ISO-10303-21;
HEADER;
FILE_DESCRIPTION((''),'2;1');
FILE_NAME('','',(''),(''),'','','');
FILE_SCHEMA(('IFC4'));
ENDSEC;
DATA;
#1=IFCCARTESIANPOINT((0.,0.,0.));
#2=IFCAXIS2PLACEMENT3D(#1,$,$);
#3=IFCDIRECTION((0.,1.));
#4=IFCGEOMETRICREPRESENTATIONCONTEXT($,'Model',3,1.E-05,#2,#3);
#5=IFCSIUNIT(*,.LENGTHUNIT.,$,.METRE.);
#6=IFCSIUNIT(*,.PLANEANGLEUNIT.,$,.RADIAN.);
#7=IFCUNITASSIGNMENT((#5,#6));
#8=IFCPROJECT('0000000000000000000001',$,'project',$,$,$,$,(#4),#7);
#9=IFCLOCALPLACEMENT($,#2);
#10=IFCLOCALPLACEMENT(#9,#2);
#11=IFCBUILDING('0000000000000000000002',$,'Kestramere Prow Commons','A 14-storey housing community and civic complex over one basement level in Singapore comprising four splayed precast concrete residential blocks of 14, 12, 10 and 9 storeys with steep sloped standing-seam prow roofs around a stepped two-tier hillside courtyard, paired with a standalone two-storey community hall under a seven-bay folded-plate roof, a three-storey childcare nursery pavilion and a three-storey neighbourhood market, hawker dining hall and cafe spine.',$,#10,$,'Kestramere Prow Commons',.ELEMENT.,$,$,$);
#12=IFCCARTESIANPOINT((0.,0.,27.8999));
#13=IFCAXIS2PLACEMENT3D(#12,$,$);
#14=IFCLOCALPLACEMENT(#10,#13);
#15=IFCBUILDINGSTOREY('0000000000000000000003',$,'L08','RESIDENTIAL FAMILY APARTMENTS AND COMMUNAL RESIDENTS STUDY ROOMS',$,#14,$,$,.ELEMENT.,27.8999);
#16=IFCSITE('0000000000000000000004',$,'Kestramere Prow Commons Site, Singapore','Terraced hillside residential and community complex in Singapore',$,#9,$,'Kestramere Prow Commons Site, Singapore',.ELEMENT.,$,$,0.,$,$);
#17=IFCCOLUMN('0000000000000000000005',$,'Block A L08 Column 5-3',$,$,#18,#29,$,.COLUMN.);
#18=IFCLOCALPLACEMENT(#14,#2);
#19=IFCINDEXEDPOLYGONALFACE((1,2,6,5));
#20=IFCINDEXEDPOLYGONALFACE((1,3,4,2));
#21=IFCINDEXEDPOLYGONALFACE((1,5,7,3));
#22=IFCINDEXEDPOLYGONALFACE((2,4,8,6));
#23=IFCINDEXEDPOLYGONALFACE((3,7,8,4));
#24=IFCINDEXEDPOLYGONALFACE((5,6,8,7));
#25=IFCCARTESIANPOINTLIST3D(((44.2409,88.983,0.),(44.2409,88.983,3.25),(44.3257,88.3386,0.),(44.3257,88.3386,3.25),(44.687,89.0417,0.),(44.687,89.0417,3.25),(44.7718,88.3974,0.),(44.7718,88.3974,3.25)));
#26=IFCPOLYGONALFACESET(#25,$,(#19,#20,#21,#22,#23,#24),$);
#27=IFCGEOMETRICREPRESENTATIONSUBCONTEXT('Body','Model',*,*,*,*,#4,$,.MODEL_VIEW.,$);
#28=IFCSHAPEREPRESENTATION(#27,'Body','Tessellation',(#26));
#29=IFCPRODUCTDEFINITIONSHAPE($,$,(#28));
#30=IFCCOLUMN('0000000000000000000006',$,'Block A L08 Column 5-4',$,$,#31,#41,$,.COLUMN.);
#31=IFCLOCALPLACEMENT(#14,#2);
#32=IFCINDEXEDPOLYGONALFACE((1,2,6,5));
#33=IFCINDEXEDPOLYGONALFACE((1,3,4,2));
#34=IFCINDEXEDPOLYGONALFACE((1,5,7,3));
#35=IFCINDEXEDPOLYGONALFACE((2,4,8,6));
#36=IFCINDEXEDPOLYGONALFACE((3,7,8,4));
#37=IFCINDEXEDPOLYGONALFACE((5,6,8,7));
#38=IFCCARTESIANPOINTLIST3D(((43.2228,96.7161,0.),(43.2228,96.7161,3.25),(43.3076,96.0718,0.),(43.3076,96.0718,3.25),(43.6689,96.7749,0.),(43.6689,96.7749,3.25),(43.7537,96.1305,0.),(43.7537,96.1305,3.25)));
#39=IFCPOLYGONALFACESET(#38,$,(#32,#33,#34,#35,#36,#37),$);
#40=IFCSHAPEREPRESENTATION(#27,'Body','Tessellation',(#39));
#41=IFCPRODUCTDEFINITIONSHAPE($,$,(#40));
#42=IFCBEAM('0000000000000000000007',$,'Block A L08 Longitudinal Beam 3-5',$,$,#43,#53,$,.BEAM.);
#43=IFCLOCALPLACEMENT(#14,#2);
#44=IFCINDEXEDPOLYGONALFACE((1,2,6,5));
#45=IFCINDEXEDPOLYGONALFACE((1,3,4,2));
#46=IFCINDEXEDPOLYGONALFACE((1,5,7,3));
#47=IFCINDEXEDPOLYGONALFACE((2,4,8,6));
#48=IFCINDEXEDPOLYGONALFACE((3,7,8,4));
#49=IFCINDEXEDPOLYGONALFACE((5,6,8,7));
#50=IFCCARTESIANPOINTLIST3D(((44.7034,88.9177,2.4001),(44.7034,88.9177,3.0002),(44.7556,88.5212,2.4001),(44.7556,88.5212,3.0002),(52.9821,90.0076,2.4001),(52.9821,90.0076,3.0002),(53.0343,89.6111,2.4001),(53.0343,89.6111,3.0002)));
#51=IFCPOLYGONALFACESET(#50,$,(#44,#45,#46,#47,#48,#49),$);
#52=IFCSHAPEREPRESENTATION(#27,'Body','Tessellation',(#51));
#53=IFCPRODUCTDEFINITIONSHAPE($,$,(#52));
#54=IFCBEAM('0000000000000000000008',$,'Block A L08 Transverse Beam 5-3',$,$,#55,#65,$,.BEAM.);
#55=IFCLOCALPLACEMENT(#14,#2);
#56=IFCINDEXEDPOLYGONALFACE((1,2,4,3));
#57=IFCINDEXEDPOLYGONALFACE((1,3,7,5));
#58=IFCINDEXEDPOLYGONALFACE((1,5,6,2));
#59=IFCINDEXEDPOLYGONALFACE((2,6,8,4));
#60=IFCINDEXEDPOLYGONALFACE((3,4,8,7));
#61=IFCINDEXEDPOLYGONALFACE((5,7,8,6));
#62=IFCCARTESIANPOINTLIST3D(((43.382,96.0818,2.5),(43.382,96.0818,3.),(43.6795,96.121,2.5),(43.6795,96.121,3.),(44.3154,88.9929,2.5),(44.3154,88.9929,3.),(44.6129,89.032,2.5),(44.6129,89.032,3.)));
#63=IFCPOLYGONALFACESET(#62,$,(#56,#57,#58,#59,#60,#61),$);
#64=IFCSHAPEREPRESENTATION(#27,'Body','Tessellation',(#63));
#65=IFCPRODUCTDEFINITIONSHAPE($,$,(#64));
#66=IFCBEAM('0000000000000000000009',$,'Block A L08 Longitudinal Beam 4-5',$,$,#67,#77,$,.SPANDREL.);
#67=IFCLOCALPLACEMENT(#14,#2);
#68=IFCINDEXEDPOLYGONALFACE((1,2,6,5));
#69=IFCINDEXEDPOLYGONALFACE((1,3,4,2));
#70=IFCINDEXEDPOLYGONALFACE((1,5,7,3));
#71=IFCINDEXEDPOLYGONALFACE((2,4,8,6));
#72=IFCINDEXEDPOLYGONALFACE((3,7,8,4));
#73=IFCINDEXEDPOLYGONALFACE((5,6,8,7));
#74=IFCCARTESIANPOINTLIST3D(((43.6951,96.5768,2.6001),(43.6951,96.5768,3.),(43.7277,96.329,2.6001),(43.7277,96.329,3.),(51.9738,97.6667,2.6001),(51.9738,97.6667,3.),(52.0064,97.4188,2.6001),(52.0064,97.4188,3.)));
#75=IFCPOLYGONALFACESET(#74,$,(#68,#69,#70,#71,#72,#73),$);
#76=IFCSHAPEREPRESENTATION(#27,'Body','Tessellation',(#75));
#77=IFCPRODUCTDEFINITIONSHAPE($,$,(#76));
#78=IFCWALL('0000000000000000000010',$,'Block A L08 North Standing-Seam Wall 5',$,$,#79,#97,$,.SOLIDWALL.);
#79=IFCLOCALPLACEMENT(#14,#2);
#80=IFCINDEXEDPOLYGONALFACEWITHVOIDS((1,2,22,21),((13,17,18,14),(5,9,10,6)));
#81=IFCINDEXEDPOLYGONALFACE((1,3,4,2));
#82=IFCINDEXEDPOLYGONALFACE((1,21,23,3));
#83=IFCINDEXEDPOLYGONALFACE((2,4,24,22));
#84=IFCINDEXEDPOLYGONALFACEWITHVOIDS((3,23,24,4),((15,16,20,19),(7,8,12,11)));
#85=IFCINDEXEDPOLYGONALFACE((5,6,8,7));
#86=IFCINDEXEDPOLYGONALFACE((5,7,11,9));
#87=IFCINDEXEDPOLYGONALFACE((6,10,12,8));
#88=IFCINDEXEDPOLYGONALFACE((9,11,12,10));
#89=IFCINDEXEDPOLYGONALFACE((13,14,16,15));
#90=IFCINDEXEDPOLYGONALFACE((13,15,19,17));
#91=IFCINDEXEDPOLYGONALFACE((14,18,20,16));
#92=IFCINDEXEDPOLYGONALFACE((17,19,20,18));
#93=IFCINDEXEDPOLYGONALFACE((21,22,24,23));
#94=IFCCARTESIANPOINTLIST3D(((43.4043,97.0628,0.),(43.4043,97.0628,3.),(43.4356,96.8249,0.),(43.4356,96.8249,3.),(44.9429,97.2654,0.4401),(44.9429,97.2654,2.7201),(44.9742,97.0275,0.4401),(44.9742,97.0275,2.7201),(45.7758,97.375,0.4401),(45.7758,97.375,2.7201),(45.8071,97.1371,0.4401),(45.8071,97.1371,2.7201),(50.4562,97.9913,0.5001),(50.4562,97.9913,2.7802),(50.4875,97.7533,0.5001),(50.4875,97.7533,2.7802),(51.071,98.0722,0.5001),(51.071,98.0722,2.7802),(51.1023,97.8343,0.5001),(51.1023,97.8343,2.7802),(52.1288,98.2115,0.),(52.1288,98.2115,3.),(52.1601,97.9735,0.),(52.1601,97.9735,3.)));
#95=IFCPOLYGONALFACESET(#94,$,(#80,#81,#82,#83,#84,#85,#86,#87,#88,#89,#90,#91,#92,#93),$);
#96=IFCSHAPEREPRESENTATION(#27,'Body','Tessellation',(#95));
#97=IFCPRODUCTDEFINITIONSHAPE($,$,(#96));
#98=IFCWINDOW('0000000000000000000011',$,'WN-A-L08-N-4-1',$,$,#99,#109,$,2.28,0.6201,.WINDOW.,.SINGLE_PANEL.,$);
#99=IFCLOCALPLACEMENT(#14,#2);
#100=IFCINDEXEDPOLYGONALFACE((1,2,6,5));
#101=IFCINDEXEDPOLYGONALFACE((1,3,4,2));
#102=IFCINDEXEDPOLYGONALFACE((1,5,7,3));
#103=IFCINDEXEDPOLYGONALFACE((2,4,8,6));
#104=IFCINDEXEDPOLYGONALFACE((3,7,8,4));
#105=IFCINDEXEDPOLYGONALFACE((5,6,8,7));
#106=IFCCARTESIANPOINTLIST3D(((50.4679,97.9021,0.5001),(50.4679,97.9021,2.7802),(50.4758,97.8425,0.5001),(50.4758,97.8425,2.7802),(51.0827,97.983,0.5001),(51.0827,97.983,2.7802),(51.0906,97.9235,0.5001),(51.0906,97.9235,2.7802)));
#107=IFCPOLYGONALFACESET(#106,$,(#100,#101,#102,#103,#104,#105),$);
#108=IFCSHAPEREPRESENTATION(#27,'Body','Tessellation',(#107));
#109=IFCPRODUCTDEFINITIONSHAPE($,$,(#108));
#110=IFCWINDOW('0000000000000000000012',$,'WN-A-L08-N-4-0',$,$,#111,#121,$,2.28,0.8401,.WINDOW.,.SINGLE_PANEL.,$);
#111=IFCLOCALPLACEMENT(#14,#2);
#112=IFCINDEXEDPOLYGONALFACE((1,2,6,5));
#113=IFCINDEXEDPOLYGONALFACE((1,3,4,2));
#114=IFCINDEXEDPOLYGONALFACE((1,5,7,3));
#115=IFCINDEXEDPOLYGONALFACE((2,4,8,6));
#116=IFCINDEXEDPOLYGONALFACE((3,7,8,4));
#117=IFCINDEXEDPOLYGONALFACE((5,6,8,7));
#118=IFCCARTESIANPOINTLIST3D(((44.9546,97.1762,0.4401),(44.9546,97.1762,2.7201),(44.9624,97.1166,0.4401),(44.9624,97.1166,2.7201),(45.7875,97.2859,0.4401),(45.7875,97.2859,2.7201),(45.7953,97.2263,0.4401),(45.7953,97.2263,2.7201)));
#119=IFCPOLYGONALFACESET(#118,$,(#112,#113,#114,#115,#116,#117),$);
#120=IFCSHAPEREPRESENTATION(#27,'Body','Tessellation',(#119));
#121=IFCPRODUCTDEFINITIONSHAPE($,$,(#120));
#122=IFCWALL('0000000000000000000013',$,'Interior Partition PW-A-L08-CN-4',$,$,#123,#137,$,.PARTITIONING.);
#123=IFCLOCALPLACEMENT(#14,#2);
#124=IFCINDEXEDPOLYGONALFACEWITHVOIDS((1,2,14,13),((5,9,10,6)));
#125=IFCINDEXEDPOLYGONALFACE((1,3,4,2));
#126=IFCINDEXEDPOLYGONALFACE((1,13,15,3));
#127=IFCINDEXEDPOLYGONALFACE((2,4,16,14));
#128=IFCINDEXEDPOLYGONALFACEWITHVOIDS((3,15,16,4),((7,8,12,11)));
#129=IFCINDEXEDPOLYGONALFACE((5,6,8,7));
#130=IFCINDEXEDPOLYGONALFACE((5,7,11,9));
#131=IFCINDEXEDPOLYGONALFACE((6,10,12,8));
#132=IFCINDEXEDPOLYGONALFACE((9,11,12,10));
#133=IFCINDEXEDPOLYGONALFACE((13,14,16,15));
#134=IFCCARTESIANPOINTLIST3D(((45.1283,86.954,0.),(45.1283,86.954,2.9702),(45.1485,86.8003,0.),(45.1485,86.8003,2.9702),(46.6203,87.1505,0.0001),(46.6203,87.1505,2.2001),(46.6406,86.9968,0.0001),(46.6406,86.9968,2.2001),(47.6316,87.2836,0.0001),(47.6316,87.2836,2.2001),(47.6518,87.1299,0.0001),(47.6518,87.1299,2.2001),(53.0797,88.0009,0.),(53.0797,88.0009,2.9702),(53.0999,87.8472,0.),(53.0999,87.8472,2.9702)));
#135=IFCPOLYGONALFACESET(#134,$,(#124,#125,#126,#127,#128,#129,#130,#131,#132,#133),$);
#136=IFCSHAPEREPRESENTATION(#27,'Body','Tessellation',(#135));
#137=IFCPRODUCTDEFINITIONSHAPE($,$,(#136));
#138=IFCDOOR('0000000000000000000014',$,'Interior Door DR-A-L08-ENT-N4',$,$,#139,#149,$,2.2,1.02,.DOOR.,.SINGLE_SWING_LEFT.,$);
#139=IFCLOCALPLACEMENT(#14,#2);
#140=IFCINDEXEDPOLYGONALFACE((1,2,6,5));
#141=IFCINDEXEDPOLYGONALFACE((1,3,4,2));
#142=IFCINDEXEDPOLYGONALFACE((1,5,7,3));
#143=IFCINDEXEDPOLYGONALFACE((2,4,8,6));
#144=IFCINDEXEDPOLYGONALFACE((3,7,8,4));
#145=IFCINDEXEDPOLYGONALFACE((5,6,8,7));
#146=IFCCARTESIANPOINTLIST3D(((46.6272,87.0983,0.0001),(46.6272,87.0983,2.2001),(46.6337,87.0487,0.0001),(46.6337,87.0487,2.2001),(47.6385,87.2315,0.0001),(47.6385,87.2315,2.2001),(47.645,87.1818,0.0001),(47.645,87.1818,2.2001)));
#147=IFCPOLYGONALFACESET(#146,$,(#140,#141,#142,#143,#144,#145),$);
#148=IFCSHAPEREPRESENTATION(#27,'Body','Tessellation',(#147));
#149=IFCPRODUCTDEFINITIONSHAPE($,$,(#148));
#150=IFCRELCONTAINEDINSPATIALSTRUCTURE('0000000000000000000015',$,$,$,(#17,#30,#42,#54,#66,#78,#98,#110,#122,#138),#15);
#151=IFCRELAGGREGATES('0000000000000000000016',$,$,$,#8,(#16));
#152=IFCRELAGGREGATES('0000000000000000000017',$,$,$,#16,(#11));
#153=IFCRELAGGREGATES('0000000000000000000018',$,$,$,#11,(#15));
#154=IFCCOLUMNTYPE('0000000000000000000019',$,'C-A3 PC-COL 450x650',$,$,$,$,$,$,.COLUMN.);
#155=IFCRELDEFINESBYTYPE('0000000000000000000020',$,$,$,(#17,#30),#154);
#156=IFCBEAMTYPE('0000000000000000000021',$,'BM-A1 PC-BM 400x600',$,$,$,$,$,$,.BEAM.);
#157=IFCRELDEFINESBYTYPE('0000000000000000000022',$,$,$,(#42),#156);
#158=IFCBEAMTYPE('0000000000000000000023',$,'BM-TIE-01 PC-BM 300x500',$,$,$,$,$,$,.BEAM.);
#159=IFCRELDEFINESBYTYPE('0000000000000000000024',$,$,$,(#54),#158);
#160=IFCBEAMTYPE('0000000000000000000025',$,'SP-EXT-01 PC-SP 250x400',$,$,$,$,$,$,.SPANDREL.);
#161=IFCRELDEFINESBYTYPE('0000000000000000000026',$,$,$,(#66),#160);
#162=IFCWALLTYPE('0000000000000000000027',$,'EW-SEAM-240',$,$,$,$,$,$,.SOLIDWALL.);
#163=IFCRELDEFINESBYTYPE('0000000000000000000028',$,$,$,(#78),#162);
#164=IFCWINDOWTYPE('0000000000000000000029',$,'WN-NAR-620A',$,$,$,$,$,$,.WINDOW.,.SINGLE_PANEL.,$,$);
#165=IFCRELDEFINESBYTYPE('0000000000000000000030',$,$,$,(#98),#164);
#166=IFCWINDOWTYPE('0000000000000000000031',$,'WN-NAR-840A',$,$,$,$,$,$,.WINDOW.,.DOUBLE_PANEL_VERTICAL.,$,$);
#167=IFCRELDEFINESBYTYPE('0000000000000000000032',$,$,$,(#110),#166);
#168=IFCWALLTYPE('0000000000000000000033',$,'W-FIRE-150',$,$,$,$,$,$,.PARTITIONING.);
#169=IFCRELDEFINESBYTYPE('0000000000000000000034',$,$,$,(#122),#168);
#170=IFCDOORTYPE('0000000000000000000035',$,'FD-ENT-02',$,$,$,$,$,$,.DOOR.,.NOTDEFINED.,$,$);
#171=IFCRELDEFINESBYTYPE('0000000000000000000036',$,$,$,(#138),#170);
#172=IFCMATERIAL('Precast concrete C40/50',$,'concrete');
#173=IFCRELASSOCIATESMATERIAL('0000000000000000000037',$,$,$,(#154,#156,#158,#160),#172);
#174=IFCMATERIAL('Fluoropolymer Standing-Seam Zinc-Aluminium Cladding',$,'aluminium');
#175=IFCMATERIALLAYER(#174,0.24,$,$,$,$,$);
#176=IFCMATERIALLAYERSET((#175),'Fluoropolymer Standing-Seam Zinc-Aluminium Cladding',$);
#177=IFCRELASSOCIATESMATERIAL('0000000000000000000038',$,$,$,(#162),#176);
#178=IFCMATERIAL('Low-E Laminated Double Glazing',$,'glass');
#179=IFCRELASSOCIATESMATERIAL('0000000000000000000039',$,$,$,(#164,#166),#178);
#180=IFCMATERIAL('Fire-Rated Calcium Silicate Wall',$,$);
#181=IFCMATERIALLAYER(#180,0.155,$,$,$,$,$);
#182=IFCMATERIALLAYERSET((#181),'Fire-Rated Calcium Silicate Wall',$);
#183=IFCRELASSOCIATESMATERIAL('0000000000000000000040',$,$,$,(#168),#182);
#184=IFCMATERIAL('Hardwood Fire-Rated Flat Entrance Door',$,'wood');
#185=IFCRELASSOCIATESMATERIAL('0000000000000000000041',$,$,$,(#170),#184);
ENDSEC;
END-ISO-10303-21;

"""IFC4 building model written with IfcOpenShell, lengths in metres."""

from ifc_helpers import new_model, si_unit, direction, frame, frame_2d, origin, origin_2d, place, context, subcontext, project, spatial, rectangle, extrude, material, layer, layer_set, material_profile, profile_set, type_object, element, fill, save


model = new_model("IFC4")

# Units and contexts
model_context = context("Model", 3, precision=1e-05, world=origin(), true_north=direction((0.0, 1.0)))
body_context = subcontext(model_context, "Body", "Model", "MODEL_VIEW")
ifc_project = project(units=[si_unit("LENGTHUNIT", "METRE"), si_unit("PLANEANGLEUNIT", "RADIAN")], contexts=[model_context])

# Site, building, storey
site_placement = place(None, origin())
site = spatial("IfcSite", under=ifc_project, at=site_placement, Name="Kestramere Prow Commons Site, Singapore", Description="Terraced hillside residential and community complex in Singapore", LongName="Kestramere Prow Commons Site, Singapore", CompositionType="ELEMENT", RefElevation=0.0)
building_placement = place(site_placement, origin())
building = spatial("IfcBuilding", under=site, at=building_placement, Name="Kestramere Prow Commons", Description="A 14-storey housing community and civic complex over one basement level in Singapore comprising four splayed precast concrete residential blocks of 14, 12, 10 and 9 storeys with steep sloped standing-seam prow roofs around a stepped two-tier hillside courtyard, paired with a standalone two-storey community hall under a seven-bay folded-plate roof, a three-storey childcare nursery pavilion and a three-storey neighbourhood market, hawker dining hall and cafe spine.", LongName="Kestramere Prow Commons", CompositionType="ELEMENT")
storey_placement = place(building_placement, frame((0.0, 0.0, 27.8999)))
storey = spatial("IfcBuildingStorey", under=building, at=storey_placement, Name="L08", Description="RESIDENTIAL FAMILY APARTMENTS AND COMMUNAL RESIDENTS STUDY ROOMS", CompositionType="ELEMENT", Elevation=27.8999)

# Columns
ifc_material_1 = material(Name="Precast concrete C40/50", Category="concrete")
ifc_material_profile_1 = material_profile(ifc_material_1, rectangle(XDim=0.45, YDim=0.6499, at=origin_2d()), Name="PC-COL 450x650")
ifc_profile_set_1 = profile_set([ifc_material_profile_1], Name="Precast concrete C40/50")
column_type = type_object("IfcColumnType", Name="C-A3 PC-COL 450x650", PredefinedType="COLUMN", material=ifc_profile_set_1)
for number, where, z_axis, x_axis, name in (
    (1, (44.5063, 88.6902, 0.0), (0.0, 0.0, 1.0), (0.991445, 0.130526, 0.0), "Block A L08 Column 5-3"),
    (2, (43.4883, 96.4233, 0.0), (0.0, 0.0, 1.0), (0.991445, 0.130526, 0.0), "Block A L08 Column 5-4"),
):
    element("IfcColumn", number, at=place(storey_placement, frame(where, z_axis=z_axis, x_axis=x_axis)), inside=storey, type_object=column_type, Name=name, PredefinedType="COLUMN", context=body_context, shape_type="SweptSolid", body=[
        extrude(rectangle(XDim=0.45, YDim=0.6499, at=origin_2d()), origin(), (0.0, 0.0, 1.0), 3.25),
    ])

# Beams
ifc_material_profile_2 = material_profile(ifc_material_1, rectangle(XDim=0.3999, YDim=0.6001, at=origin_2d()), Name="PC-BM 400x600")
ifc_profile_set_2 = profile_set([ifc_material_profile_2], Name="Precast concrete C40/50")
beam_type_1 = type_object("IfcBeamType", Name="BM-A1 PC-BM 400x600", PredefinedType="BEAM", material=ifc_profile_set_2)
beam_1_placement = place(storey_placement, frame((44.7295, 88.7195, 2.7002), z_axis=(0.991446, 0.13052, 0.0), x_axis=(-0.13052, 0.991446, 0.0)))
element("IfcBeam", 3, at=beam_1_placement, inside=storey, type_object=beam_type_1, Name="Block A L08 Longitudinal Beam 3-5", PredefinedType="BEAM", context=body_context, shape_type="SweptSolid", body=[
    extrude(rectangle(XDim=0.3999, YDim=0.6001, at=origin_2d()), origin(), (0.0, 0.0, 1.0), 8.3501),
])
ifc_material_profile_3 = material_profile(ifc_material_1, rectangle(XDim=0.3, YDim=0.5, at=origin_2d()), Name="PC-BM 300x500")
ifc_profile_set_3 = profile_set([ifc_material_profile_3], Name="Precast concrete C40/50")
beam_type_2 = type_object("IfcBeamType", Name="BM-TIE-01 PC-BM 300x500", PredefinedType="BEAM", material=ifc_profile_set_3)
beam_2_placement = place(storey_placement, frame((44.4641, 89.0125, 2.75), z_axis=(-0.130538, 0.991443, 0.0), x_axis=(-0.991443, -0.130538, 0.0)))
element("IfcBeam", 4, at=beam_2_placement, inside=storey, type_object=beam_type_2, Name="Block A L08 Transverse Beam 5-3", PredefinedType="BEAM", context=body_context, shape_type="SweptSolid", body=[
    extrude(rectangle(XDim=0.3, YDim=0.5, at=origin_2d()), origin(), (0.0, 0.0, 1.0), 7.1501),
])
ifc_material_profile_4 = material_profile(ifc_material_1, rectangle(XDim=0.25, YDim=0.3999, at=origin_2d()), Name="PC-SP 250x400")
ifc_profile_set_4 = profile_set([ifc_material_profile_4], Name="Precast concrete C40/50")
beam_type_3 = type_object("IfcBeamType", Name="SP-EXT-01 PC-SP 250x400", PredefinedType="SPANDREL", material=ifc_profile_set_4)
beam_3_placement = place(storey_placement, frame((43.7114, 96.4529, 2.8), z_axis=(0.991446, 0.13052, 0.0), x_axis=(-0.13052, 0.991446, 0.0)))
element("IfcBeam", 5, at=beam_3_placement, inside=storey, type_object=beam_type_3, Name="Block A L08 Longitudinal Beam 4-5", PredefinedType="SPANDREL", context=body_context, shape_type="SweptSolid", body=[
    extrude(rectangle(XDim=0.25, YDim=0.3999, at=origin_2d()), origin(), (0.0, 0.0, 1.0), 8.3501),
])

# Wall, openings, windows
ifc_material_2 = material(Name="Fluoropolymer Standing-Seam Zinc-Aluminium Cladding", Category="aluminium")
ifc_layer_1 = layer(ifc_material_2, 0.24)
ifc_layer_set_1 = layer_set([ifc_layer_1], Name="Fluoropolymer Standing-Seam Zinc-Aluminium Cladding")
wall_type_1 = type_object("IfcWallType", Name="EW-SEAM-240", PredefinedType="SOLIDWALL", material=ifc_layer_set_1)
wall_1_placement = place(storey_placement, frame((43.4199, 96.9438, 0.0), z_axis=(0.0, 0.0, 1.0), x_axis=(0.991444, 0.130533, 0.0)))
wall_1 = element("IfcWall", 6, at=wall_1_placement, inside=storey, type_object=wall_type_1, Name="Block A L08 North Standing-Seam Wall 5", PredefinedType="SOLIDWALL", context=body_context, shape_type="SweptSolid", body=[
    extrude(rectangle(XDim=8.7998, YDim=0.24, at=frame_2d((4.3999, 0.0))), origin(), (0.0, 0.0, 1.0), 3.0),
])
opening_1_placement = place(wall_1_placement, frame((1.552, 0.0, 0.4399)))
opening_1 = element("IfcOpeningElement", 7, at=opening_1_placement, cuts=wall_1, PredefinedType="OPENING", context=body_context, shape_type="SweptSolid", body=[
    extrude(rectangle(XDim=0.8401, YDim=2.28, at=frame_2d((0.4199, 1.1401))), frame((0.0, 0.135, 0.0), z_axis=(0.0, -1.0, 0.0), x_axis=(1.0, 0.0, 0.0)), (0.0, 0.0, 1.0), 0.27),
])
opening_2_placement = place(wall_1_placement, frame((7.1128, 0.0, 0.5)))
opening_2 = element("IfcOpeningElement", 8, at=opening_2_placement, cuts=wall_1, PredefinedType="OPENING", context=body_context, shape_type="SweptSolid", body=[
    extrude(rectangle(XDim=0.6201, YDim=2.28, at=frame_2d((0.3101, 1.1401))), frame((0.0, 0.135, 0.0), z_axis=(0.0, -1.0, 0.0), x_axis=(1.0, 0.0, 0.0)), (0.0, 0.0, 1.0), 0.27),
])
ifc_material_3 = material(Name="Low-E Laminated Double Glazing", Category="glass")
window_type_1 = type_object("IfcWindowType", Name="WN-NAR-620A", PartitioningType="SINGLE_PANEL", PredefinedType="WINDOW", material=ifc_material_3)
window_1_placement = place(opening_2_placement, origin())
window_1 = element("IfcWindow", 9, at=window_1_placement, inside=storey, type_object=window_type_1, Name="WN-A-L08-N-4-1", OverallHeight=2.28, OverallWidth=0.6201, PartitioningType="SINGLE_PANEL", PredefinedType="WINDOW", context=body_context, shape_type="SweptSolid", body=[
    extrude(rectangle(XDim=0.6201, YDim=2.28, at=frame_2d((0.3101, 1.1401))), frame((0.0, 0.03, 0.0), z_axis=(0.0, -1.0, 0.0), x_axis=(1.0, 0.0, 0.0)), (0.0, 0.0, 1.0), 0.0601),
])
fill(opening_2, window_1)
window_type_2 = type_object("IfcWindowType", Name="WN-NAR-840A", PartitioningType="DOUBLE_PANEL_VERTICAL", PredefinedType="WINDOW", material=ifc_material_3)
window_2_placement = place(opening_1_placement, origin())
window_2 = element("IfcWindow", 10, at=window_2_placement, inside=storey, type_object=window_type_2, Name="WN-A-L08-N-4-0", OverallHeight=2.28, OverallWidth=0.8401, PartitioningType="SINGLE_PANEL", PredefinedType="WINDOW", context=body_context, shape_type="SweptSolid", body=[
    extrude(rectangle(XDim=0.8401, YDim=2.28, at=frame_2d((0.4199, 1.1401))), frame((0.0, 0.03, 0.0), z_axis=(0.0, -1.0, 0.0), x_axis=(1.0, 0.0, 0.0)), (0.0, 0.0, 1.0), 0.0601),
])
fill(opening_1, window_2)

# Wall, opening, door
ifc_material_4 = material(Name="Fire-Rated Calcium Silicate Wall")
ifc_layer_2 = layer(ifc_material_4, 0.155)
ifc_layer_set_2 = layer_set([ifc_layer_2], Name="Fire-Rated Calcium Silicate Wall")
wall_type_2 = type_object("IfcWallType", Name="W-FIRE-150", PredefinedType="PARTITIONING", material=ifc_layer_set_2)
wall_2_placement = place(storey_placement, frame((45.1384, 86.8772, 0.0), z_axis=(0.0, 0.0, 1.0), x_axis=(0.991444, 0.130532, 0.0)))
wall_2 = element("IfcWall", 11, at=wall_2_placement, inside=storey, type_object=wall_type_2, Name="Interior Partition PW-A-L08-CN-4", PredefinedType="PARTITIONING", context=body_context, shape_type="SweptSolid", body=[
    extrude(rectangle(XDim=8.02, YDim=0.155, at=frame_2d((4.01, 0.0))), origin(), (0.0, 0.0, 1.0), 2.9702),
])
opening_3_placement = place(wall_2_placement, frame((1.5049, 0.0, 0.0)))
opening_3 = element("IfcOpeningElement", 12, at=opening_3_placement, cuts=wall_2, PredefinedType="OPENING", context=body_context, shape_type="SweptSolid", body=[
    extrude(rectangle(XDim=1.02, YDim=2.2, at=frame_2d((0.51, 1.1001))), frame((0.0, 0.0925, 0.0), z_axis=(0.0, -1.0, 0.0), x_axis=(1.0, 0.0, 0.0)), (0.0, 0.0, 1.0), 0.1851),
])
ifc_material_5 = material(Name="Hardwood Fire-Rated Flat Entrance Door", Category="wood")
door_type_1 = type_object("IfcDoorType", Name="FD-ENT-02", OperationType="NOTDEFINED", PredefinedType="DOOR", material=ifc_material_5)
door_1_placement = place(opening_3_placement, origin())
door_1 = element("IfcDoor", 13, at=door_1_placement, inside=storey, type_object=door_type_1, Name="Interior Door DR-A-L08-ENT-N4", OperationType="SINGLE_SWING_LEFT", OverallHeight=2.2, OverallWidth=1.02, PredefinedType="DOOR", context=body_context, shape_type="SweptSolid", body=[
    extrude(rectangle(XDim=1.02, YDim=2.2, at=frame_2d((0.51, 1.1001))), frame((0.0, 0.0249, 0.0), z_axis=(0.0, -1.0, 0.0), x_axis=(1.0, 0.0, 0.0)), (0.0, 0.0, 1.0), 0.05),
])
fill(opening_3, door_1)

save(model, "model.ifc")
